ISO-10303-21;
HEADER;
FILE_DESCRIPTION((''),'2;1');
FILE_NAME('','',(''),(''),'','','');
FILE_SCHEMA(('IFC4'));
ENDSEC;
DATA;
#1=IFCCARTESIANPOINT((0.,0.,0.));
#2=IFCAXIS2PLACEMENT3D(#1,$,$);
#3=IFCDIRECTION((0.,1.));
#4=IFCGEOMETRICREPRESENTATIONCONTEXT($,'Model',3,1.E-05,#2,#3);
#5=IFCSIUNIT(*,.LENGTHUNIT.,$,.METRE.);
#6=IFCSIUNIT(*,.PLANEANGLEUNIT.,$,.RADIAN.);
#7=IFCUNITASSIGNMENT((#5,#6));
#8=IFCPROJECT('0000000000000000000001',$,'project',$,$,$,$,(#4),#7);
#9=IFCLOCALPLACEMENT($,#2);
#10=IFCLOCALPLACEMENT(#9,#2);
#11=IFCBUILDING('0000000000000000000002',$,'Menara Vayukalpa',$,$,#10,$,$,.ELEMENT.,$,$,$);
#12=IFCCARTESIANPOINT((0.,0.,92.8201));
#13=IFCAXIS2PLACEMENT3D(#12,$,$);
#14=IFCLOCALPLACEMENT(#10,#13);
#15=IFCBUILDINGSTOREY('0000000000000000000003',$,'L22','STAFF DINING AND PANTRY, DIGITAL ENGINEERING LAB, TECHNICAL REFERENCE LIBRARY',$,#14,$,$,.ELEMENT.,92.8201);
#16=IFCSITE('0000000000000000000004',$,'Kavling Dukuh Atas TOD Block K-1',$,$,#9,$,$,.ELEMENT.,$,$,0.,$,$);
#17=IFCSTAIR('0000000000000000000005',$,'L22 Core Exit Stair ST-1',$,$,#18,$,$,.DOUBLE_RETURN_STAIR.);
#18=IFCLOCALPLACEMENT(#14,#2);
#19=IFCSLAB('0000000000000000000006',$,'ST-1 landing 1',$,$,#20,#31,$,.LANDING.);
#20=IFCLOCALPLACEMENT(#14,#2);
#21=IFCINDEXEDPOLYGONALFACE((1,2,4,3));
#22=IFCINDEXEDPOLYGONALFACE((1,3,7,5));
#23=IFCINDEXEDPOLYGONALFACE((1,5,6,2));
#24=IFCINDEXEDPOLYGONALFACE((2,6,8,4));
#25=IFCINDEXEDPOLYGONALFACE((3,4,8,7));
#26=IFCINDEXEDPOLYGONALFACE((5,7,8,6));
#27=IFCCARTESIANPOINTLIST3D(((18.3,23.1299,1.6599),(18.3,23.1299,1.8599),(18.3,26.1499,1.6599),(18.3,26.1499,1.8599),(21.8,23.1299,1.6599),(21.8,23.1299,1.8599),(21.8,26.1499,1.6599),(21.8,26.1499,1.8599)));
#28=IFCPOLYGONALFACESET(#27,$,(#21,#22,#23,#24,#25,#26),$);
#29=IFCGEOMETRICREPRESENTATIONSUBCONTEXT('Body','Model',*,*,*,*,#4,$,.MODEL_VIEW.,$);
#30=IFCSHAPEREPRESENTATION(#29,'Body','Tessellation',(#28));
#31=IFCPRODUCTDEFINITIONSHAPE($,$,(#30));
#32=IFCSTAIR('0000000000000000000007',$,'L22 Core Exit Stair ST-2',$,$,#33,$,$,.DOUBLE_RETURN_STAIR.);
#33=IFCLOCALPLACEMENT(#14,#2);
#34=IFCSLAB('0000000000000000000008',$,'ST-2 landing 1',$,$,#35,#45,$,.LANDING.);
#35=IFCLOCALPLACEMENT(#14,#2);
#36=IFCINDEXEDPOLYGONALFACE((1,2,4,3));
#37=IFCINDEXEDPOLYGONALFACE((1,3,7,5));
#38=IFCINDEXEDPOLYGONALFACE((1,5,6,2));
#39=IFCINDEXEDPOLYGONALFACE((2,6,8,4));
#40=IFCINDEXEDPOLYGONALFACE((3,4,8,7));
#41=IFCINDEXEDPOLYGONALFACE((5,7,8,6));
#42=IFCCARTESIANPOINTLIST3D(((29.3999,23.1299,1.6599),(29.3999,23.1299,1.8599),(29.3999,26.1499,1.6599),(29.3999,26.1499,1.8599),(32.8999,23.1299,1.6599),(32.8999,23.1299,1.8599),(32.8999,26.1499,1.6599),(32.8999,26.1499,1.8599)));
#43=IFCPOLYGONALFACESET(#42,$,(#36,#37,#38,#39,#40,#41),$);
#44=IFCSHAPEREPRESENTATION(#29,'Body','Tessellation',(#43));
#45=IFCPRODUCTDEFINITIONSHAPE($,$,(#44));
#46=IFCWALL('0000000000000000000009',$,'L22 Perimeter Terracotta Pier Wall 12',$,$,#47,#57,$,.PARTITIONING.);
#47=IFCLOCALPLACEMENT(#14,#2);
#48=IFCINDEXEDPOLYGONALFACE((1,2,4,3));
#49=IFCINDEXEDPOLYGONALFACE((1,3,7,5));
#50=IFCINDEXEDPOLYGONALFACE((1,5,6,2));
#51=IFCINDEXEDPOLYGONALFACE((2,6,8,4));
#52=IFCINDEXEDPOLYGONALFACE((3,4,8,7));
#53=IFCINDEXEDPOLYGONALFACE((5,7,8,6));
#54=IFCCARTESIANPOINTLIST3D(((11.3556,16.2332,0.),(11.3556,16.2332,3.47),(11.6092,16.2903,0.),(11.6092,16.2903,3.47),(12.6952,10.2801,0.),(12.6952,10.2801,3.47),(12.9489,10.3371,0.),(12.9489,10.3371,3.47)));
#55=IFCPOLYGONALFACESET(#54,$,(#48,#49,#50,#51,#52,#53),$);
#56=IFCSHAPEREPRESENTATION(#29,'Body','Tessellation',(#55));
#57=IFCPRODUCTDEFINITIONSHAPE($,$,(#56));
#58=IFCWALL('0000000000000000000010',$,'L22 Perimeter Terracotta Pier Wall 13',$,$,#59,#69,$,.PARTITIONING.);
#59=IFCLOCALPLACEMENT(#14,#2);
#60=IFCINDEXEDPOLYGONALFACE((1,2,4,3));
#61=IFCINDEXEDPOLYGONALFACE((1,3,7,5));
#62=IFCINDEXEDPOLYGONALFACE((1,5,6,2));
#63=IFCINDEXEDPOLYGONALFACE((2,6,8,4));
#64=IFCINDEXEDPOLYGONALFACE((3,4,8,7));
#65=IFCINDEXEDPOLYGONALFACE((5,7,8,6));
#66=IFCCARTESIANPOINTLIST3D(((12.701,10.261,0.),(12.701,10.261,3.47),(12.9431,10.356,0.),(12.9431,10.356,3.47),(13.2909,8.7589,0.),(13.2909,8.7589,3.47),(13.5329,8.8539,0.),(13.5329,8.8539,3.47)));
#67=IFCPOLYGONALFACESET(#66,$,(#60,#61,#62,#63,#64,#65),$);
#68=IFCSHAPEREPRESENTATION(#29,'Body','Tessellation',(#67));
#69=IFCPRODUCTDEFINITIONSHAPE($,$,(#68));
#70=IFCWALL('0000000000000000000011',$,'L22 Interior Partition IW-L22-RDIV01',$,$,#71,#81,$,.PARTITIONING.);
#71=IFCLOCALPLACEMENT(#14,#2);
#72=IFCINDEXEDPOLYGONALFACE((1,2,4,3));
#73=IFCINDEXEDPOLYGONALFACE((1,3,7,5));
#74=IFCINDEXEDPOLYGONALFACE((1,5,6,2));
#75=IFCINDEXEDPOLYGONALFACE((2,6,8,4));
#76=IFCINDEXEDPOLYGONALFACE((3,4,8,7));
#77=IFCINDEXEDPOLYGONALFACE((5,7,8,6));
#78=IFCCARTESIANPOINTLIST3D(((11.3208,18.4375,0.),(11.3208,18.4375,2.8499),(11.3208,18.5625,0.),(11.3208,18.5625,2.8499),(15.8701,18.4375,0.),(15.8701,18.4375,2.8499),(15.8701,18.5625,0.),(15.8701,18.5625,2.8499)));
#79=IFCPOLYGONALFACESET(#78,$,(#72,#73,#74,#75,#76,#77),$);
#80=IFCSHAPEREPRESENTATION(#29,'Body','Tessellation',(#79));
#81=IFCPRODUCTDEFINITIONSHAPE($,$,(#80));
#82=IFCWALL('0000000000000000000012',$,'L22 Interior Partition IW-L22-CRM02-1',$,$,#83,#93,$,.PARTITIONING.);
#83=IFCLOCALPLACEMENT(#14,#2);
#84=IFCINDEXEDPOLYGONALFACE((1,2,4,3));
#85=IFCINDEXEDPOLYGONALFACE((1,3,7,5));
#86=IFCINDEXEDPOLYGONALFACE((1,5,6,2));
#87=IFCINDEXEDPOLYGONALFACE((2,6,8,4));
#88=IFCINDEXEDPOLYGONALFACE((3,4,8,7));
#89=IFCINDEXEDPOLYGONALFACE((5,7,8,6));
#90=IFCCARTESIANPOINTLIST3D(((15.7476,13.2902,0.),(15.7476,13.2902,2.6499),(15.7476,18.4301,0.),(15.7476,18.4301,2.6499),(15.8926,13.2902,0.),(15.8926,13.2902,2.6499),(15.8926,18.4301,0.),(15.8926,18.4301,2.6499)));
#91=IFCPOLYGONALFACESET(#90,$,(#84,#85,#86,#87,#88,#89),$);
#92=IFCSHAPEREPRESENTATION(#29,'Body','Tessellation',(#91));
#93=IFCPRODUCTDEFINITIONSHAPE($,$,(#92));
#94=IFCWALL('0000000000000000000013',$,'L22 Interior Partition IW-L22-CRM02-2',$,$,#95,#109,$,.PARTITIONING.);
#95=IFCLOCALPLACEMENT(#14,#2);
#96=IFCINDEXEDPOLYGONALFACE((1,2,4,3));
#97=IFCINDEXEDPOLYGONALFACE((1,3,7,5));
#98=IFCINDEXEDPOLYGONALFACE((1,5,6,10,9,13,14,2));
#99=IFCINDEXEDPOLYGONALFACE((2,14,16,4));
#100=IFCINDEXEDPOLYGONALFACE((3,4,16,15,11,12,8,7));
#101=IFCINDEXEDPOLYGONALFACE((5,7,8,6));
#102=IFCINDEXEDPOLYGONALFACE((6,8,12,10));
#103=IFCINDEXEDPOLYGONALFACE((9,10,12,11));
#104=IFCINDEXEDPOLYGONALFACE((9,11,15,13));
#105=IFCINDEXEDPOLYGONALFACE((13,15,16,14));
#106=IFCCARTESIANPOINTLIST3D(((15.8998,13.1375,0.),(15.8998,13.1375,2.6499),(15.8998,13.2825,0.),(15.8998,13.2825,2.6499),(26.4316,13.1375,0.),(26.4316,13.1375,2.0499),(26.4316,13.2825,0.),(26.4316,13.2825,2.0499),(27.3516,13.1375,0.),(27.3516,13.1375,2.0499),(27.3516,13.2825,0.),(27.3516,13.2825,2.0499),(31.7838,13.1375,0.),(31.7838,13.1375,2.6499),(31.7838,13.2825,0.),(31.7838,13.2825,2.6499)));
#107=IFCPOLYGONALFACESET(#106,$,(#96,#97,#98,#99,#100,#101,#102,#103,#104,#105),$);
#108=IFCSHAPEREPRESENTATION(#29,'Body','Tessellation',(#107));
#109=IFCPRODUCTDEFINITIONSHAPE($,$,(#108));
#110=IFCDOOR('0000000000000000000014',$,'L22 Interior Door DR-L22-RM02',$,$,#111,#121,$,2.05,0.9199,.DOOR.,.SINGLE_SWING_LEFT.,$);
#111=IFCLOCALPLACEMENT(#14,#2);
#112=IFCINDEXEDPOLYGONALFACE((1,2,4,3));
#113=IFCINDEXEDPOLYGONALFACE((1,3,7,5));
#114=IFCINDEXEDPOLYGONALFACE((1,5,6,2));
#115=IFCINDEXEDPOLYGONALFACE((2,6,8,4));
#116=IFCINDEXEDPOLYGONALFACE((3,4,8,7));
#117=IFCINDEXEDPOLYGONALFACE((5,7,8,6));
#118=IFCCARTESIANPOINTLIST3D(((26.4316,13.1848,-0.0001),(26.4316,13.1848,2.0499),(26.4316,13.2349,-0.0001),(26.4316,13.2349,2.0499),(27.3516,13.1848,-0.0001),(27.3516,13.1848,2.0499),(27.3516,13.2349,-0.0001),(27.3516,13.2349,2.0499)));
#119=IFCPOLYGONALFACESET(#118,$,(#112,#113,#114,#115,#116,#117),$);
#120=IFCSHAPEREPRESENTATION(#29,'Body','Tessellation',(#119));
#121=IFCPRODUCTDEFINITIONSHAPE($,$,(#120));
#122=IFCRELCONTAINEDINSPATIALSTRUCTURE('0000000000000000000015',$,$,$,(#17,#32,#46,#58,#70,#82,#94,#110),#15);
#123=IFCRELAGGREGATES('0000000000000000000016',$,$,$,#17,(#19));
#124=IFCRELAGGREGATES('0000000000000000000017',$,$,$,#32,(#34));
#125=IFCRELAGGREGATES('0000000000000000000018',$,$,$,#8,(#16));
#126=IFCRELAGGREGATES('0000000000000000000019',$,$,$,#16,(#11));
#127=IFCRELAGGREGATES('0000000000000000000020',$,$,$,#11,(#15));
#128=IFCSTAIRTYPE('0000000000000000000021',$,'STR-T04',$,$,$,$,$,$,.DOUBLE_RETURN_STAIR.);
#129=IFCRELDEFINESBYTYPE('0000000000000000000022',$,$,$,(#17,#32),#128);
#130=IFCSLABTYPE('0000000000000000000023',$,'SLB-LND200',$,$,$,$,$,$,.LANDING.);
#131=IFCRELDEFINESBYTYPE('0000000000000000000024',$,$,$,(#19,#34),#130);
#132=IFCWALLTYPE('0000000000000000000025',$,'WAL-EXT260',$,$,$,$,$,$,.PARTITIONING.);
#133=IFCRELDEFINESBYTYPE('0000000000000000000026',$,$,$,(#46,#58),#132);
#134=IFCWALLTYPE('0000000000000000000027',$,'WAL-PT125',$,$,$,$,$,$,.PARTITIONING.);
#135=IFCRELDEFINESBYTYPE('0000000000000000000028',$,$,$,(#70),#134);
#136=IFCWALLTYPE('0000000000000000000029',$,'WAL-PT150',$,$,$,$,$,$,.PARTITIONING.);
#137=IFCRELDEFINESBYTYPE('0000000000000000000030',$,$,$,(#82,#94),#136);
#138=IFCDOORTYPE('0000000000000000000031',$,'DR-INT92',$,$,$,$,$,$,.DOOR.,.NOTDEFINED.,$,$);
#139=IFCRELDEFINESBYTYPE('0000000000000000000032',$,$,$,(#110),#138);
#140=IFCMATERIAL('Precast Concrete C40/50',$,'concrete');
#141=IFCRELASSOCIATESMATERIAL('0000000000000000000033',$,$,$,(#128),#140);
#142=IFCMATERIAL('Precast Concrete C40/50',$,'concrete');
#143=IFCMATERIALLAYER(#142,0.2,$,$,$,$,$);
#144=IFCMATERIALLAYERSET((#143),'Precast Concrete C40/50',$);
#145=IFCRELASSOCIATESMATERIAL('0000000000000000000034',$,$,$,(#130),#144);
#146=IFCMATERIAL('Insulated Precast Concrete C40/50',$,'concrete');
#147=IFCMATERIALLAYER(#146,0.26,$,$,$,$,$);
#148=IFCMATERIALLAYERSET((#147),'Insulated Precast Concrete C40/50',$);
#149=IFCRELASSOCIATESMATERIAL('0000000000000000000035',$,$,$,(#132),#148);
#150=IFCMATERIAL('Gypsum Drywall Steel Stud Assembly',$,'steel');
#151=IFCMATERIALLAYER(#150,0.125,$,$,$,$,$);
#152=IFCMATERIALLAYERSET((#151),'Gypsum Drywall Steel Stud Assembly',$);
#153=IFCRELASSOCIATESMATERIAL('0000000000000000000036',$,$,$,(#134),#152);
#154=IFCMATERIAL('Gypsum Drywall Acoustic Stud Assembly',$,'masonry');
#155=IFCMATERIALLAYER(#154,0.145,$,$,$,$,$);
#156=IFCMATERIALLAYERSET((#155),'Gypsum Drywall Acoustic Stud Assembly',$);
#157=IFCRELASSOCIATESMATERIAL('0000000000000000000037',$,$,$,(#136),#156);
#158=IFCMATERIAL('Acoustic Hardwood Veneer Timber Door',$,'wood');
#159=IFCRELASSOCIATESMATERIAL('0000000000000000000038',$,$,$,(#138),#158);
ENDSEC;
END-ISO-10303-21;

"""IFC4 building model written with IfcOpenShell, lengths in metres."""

from ifc_helpers import new_model, si_unit, direction, frame, frame_2d, origin, place, context, subcontext, project, spatial, polyline, rectangle, outline, extrude, material, layer, layer_set, type_object, element, fill, aggregate, save


model = new_model("IFC4")

# Units and contexts
model_context = context("Model", 3, precision=1e-05, world=origin(), true_north=direction((0.0, 1.0)))
body_context = subcontext(model_context, "Body", "Model", "MODEL_VIEW")
ifc_project = project(units=[si_unit("LENGTHUNIT", "METRE"), si_unit("PLANEANGLEUNIT", "RADIAN")], contexts=[model_context])

# Site, building, storey
site_placement = place(None, origin())
site = spatial("IfcSite", under=ifc_project, at=site_placement, Name="Kavling Dukuh Atas TOD Block K-1", CompositionType="ELEMENT", RefElevation=0.0)
building_placement = place(site_placement, origin())
building = spatial("IfcBuilding", under=site, at=building_placement, Name="Menara Vayukalpa", CompositionType="ELEMENT")
storey_placement = place(building_placement, frame((0.0, 0.0, 92.8201)))
storey = spatial("IfcBuildingStorey", under=building, at=storey_placement, Name="L22", Description="STAFF DINING AND PANTRY, DIGITAL ENGINEERING LAB, TECHNICAL REFERENCE LIBRARY", CompositionType="ELEMENT", Elevation=92.8201)

# Stairs, slabs
ifc_material_1 = material(Name="Precast Concrete C40/50", Category="concrete")
stair_type = type_object("IfcStairType", Name="STR-T04", PredefinedType="DOUBLE_RETURN_STAIR", material=ifc_material_1)
stair_1_placement = place(storey_placement, origin())
stair_1 = element("IfcStair", 1, at=stair_1_placement, inside=storey, type_object=stair_type, Name="L22 Core Exit Stair ST-1", PredefinedType="DOUBLE_RETURN_STAIR")
ifc_material_2 = material(Name="Precast Concrete C40/50", Category="concrete")
ifc_layer_1 = layer(ifc_material_2, 0.2)
ifc_layer_set_1 = layer_set([ifc_layer_1], Name="Precast Concrete C40/50")
slab_type_1 = type_object("IfcSlabType", Name="SLB-LND200", PredefinedType="LANDING", material=ifc_layer_set_1)
slab_1_placement = place(storey_placement, frame((0.0, 0.0, 1.6599)))
slab_1 = element("IfcSlab", 2, at=slab_1_placement, type_object=slab_type_1, Name="ST-1 landing 1", PredefinedType="LANDING", context=body_context, shape_type="SweptSolid", body=[
    extrude(outline(polyline([(21.8, 23.1299), (21.8, 26.1499), (18.3, 26.1499), (18.3, 23.1299), (21.8, 23.1299)])), origin(), (0.0, 0.0, 1.0), 0.2),
])
aggregate(stair_1, [slab_1])
stair_2_placement = place(storey_placement, origin())
stair_2 = element("IfcStair", 3, at=stair_2_placement, inside=storey, type_object=stair_type, Name="L22 Core Exit Stair ST-2", PredefinedType="DOUBLE_RETURN_STAIR")
slab_2_placement = place(storey_placement, frame((0.0, 0.0, 1.6599)))
slab_2 = element("IfcSlab", 4, at=slab_2_placement, type_object=slab_type_1, Name="ST-2 landing 1", PredefinedType="LANDING", context=body_context, shape_type="SweptSolid", body=[
    extrude(outline(polyline([(32.8999, 23.1299), (32.8999, 26.1499), (29.3999, 26.1499), (29.3999, 23.1299), (32.8999, 23.1299)])), origin(), (0.0, 0.0, 1.0), 0.2),
])
aggregate(stair_2, [slab_2])

# Walls
ifc_material_3 = material(Name="Insulated Precast Concrete C40/50", Category="concrete")
ifc_layer_2 = layer(ifc_material_3, 0.26)
ifc_layer_set_2 = layer_set([ifc_layer_2], Name="Insulated Precast Concrete C40/50")
wall_type_1 = type_object("IfcWallType", Name="WAL-EXT260", PredefinedType="PARTITIONING", material=ifc_layer_set_2)
wall_1_placement = place(storey_placement, frame((12.822, 10.3086, 0.0), z_axis=(0.0, 0.0, 1.0), x_axis=(-0.219535, 0.975605, 0.0)))
element("IfcWall", 5, at=wall_1_placement, inside=storey, type_object=wall_type_1, Name="L22 Perimeter Terracotta Pier Wall 12", PredefinedType="PARTITIONING", context=body_context, shape_type="SweptSolid", body=[
    extrude(rectangle(XDim=6.1021, YDim=0.26, at=frame_2d((3.051, 0.0))), origin(), (0.0, 0.0, 1.0), 3.47),
])
wall_2_placement = place(storey_placement, frame((13.4119, 8.8064, 0.0), z_axis=(0.0, 0.0, 1.0), x_axis=(-0.365489, 0.930816, 0.0)))
element("IfcWall", 6, at=wall_2_placement, inside=storey, type_object=wall_type_1, Name="L22 Perimeter Terracotta Pier Wall 13", PredefinedType="PARTITIONING", context=body_context, shape_type="SweptSolid", body=[
    extrude(rectangle(XDim=1.6138, YDim=0.26, at=frame_2d((0.8069, 0.0))), origin(), (0.0, 0.0, 1.0), 3.47),
])
ifc_material_4 = material(Name="Gypsum Drywall Steel Stud Assembly", Category="steel")
ifc_layer_3 = layer(ifc_material_4, 0.125)
ifc_layer_set_3 = layer_set([ifc_layer_3], Name="Gypsum Drywall Steel Stud Assembly")
wall_type_2 = type_object("IfcWallType", Name="WAL-PT125", PredefinedType="PARTITIONING", material=ifc_layer_set_3)
wall_3_placement = place(storey_placement, frame((11.3208, 18.5, 0.0), z_axis=(0.0, 0.0, 1.0), x_axis=(1.0, 0.0, 0.0)))
element("IfcWall", 7, at=wall_3_placement, inside=storey, type_object=wall_type_2, Name="L22 Interior Partition IW-L22-RDIV01", PredefinedType="PARTITIONING", context=body_context, shape_type="SweptSolid", body=[
    extrude(rectangle(XDim=4.5493, YDim=0.125, at=frame_2d((2.2747, 0.0))), origin(), (0.0, 0.0, 1.0), 2.8499),
])
ifc_material_5 = material(Name="Gypsum Drywall Acoustic Stud Assembly", Category="masonry")
ifc_layer_4 = layer(ifc_material_5, 0.145)
ifc_layer_set_4 = layer_set([ifc_layer_4], Name="Gypsum Drywall Acoustic Stud Assembly")
wall_type_3 = type_object("IfcWallType", Name="WAL-PT150", PredefinedType="PARTITIONING", material=ifc_layer_set_4)
wall_4_placement = place(storey_placement, frame((15.8201, 18.4299, 0.0), z_axis=(0.0, 0.0, 1.0), x_axis=(0.0, -1.0, 0.0)))
element("IfcWall", 8, at=wall_4_placement, inside=storey, type_object=wall_type_3, Name="L22 Interior Partition IW-L22-CRM02-1", PredefinedType="PARTITIONING", context=body_context, shape_type="SweptSolid", body=[
    extrude(rectangle(XDim=5.1399, YDim=0.145, at=frame_2d((2.5698, 0.0))), origin(), (0.0, 0.0, 1.0), 2.6499),
])

# Wall, opening, door
wall_5_placement = place(storey_placement, frame((15.8999, 13.21, 0.0), z_axis=(0.0, 0.0, 1.0), x_axis=(1.0, 0.0, 0.0)))
wall_5 = element("IfcWall", 9, at=wall_5_placement, inside=storey, type_object=wall_type_3, Name="L22 Interior Partition IW-L22-CRM02-2", PredefinedType="PARTITIONING", context=body_context, shape_type="SweptSolid", body=[
    extrude(rectangle(XDim=15.884, YDim=0.145, at=frame_2d((7.9419, 0.0))), origin(), (0.0, 0.0, 1.0), 2.6499),
])
opening_placement = place(wall_5_placement, frame((10.5317, 0.0, 0.0)))
opening = element("IfcOpeningElement", 10, at=opening_placement, cuts=wall_5, PredefinedType="OPENING", context=body_context, shape_type="SweptSolid", body=[
    extrude(rectangle(XDim=0.9199, YDim=2.05, at=frame_2d((0.46, 1.0249))), frame((0.0, 0.0825, 0.0), z_axis=(0.0, -1.0, 0.0), x_axis=(1.0, 0.0, 0.0)), (0.0, 0.0, 1.0), 0.165),
])
ifc_material_6 = material(Name="Acoustic Hardwood Veneer Timber Door", Category="wood")
door_type = type_object("IfcDoorType", Name="DR-INT92", OperationType="NOTDEFINED", PredefinedType="DOOR", material=ifc_material_6)
door_placement = place(opening_placement, origin())
door = element("IfcDoor", 11, at=door_placement, inside=storey, type_object=door_type, Name="L22 Interior Door DR-L22-RM02", OperationType="SINGLE_SWING_LEFT", OverallHeight=2.05, OverallWidth=0.9199, PredefinedType="DOOR", context=body_context, shape_type="SweptSolid", body=[
    extrude(rectangle(XDim=0.9199, YDim=2.05, at=frame_2d((0.46, 1.0249))), frame((0.0, 0.0249, 0.0), z_axis=(0.0, -1.0, 0.0), x_axis=(1.0, 0.0, 0.0)), (0.0, 0.0, 1.0), 0.05),
])
fill(opening, door)

save(model, "model.ifc")
